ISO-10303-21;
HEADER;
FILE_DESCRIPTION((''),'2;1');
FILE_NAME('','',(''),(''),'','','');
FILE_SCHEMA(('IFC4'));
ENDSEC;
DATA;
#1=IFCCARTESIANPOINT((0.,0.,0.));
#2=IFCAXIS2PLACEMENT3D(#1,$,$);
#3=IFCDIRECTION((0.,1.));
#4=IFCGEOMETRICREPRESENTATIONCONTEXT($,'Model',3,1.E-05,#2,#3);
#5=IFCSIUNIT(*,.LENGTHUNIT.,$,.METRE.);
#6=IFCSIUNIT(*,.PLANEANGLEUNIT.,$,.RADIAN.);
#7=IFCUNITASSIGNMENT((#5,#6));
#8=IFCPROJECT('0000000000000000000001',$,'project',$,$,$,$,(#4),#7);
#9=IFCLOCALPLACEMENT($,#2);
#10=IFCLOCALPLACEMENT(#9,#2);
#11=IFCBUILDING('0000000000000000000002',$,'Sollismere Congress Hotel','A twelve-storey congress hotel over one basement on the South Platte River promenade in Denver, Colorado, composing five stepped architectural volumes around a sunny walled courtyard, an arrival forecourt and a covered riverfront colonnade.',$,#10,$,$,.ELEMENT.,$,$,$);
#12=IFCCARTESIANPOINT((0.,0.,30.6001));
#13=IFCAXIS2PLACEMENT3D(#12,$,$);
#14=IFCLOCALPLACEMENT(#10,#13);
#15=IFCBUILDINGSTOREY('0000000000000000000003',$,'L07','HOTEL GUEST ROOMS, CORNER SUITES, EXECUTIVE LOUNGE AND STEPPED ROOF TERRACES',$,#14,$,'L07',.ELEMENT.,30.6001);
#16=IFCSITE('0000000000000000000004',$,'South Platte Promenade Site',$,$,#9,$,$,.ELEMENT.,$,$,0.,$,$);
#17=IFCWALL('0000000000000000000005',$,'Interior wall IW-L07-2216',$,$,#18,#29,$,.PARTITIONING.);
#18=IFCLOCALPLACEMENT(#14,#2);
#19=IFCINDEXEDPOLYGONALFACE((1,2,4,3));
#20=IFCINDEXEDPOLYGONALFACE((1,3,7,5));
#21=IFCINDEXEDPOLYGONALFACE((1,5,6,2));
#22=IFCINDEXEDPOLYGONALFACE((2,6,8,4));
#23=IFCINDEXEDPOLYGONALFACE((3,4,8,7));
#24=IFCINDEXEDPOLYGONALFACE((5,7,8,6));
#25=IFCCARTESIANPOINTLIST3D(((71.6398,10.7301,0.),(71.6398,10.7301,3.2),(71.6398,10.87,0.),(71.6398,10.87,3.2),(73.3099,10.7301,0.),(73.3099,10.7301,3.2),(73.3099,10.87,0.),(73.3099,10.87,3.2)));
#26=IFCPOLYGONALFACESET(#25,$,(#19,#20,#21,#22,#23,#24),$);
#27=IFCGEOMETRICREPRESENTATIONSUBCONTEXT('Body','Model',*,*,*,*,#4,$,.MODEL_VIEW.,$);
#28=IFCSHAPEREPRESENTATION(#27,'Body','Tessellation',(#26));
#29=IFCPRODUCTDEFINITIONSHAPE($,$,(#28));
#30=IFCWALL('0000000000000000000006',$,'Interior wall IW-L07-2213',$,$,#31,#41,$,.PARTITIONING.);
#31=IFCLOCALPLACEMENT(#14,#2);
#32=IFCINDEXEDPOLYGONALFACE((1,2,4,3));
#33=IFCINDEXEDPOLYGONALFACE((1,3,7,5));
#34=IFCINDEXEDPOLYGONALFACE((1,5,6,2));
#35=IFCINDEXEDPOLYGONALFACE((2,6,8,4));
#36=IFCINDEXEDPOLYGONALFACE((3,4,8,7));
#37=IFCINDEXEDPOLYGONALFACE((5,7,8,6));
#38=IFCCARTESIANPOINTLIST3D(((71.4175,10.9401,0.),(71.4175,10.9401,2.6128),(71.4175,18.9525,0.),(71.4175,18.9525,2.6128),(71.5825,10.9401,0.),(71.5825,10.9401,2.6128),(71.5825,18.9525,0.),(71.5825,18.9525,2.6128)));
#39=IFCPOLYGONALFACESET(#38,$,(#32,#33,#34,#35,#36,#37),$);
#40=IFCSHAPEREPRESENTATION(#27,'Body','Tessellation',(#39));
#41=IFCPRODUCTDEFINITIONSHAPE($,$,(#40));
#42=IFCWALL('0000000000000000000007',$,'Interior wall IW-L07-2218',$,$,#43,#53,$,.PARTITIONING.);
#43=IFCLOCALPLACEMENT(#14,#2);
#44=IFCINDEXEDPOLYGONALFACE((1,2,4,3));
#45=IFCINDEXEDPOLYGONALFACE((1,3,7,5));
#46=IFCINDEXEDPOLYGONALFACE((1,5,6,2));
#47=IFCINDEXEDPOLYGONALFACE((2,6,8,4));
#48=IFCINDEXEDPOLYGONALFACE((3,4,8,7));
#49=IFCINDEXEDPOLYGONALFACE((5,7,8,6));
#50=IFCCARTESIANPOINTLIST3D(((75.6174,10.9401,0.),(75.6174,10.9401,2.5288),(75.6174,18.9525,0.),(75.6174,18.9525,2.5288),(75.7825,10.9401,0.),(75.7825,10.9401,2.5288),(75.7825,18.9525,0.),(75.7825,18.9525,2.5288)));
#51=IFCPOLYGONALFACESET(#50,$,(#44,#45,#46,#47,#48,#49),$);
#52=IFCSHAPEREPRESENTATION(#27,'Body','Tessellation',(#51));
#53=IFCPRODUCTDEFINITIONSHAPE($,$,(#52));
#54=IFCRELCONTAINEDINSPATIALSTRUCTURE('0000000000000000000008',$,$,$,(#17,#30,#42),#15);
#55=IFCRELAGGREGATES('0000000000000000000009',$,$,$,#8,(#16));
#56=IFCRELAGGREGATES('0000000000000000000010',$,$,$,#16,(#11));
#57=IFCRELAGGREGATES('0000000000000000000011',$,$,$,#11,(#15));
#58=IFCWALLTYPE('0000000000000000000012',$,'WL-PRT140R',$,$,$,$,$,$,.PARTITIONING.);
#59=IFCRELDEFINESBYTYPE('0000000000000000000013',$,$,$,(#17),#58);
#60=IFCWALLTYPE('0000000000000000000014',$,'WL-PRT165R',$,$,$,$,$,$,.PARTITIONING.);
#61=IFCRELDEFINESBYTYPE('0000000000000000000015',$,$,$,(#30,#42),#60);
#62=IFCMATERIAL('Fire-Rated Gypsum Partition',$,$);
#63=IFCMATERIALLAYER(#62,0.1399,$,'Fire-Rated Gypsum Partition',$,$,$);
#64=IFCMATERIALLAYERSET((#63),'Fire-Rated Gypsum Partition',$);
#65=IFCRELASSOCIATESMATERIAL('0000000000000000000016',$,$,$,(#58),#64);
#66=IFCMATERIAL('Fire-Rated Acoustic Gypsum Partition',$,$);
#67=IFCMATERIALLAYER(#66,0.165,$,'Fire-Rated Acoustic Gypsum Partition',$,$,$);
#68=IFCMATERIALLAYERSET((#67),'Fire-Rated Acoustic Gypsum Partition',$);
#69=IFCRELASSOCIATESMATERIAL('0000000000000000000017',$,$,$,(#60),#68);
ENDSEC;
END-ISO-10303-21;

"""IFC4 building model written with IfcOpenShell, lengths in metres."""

from ifc_helpers import new_model, si_unit, direction, frame, frame_2d, origin, place, context, subcontext, project, spatial, rectangle, extrude, material, layer, layer_set, type_object, element, save


model = new_model("IFC4")

# Units and contexts
model_context = context("Model", 3, precision=1e-05, world=origin(), true_north=direction((0.0, 1.0)))
body_context = subcontext(model_context, "Body", "Model", "MODEL_VIEW")
ifc_project = project(units=[si_unit("LENGTHUNIT", "METRE"), si_unit("PLANEANGLEUNIT", "RADIAN")], contexts=[model_context])

# Site, building, storey
site_placement = place(None, origin())
site = spatial("IfcSite", under=ifc_project, at=site_placement, Name="South Platte Promenade Site", CompositionType="ELEMENT", RefElevation=0.0)
building_placement = place(site_placement, origin())
building = spatial("IfcBuilding", under=site, at=building_placement, Name="Sollismere Congress Hotel", Description="A twelve-storey congress hotel over one basement on the South Platte River promenade in Denver, Colorado, composing five stepped architectural volumes around a sunny walled courtyard, an arrival forecourt and a covered riverfront colonnade.", CompositionType="ELEMENT")
storey_placement = place(building_placement, frame((0.0, 0.0, 30.6001)))
storey = spatial("IfcBuildingStorey", under=building, at=storey_placement, Name="L07", Description="HOTEL GUEST ROOMS, CORNER SUITES, EXECUTIVE LOUNGE AND STEPPED ROOF TERRACES", LongName="L07", CompositionType="ELEMENT", Elevation=30.6001)

# Shared definitions
ifc_material_1 = material(Name="Fire-Rated Gypsum Partition")
ifc_layer_1 = layer(ifc_material_1, 0.1399, Name="Fire-Rated Gypsum Partition")
ifc_layer_set_1 = layer_set([ifc_layer_1], Name="Fire-Rated Gypsum Partition")
wall_type_1 = type_object("IfcWallType", Name="WL-PRT140R", PredefinedType="PARTITIONING", material=ifc_layer_set_1)

# Wall
wall_1_placement = place(storey_placement, frame((71.6399, 10.8, 0.0), z_axis=(0.0, 0.0, 1.0), x_axis=(1.0, 0.0, 0.0)))
element("IfcWall", 1, at=wall_1_placement, inside=storey, type_object=wall_type_1, Name="Interior wall IW-L07-2216", PredefinedType="PARTITIONING", context=body_context, shape_type="SweptSolid", body=[
    extrude(rectangle(XDim=1.6702, YDim=0.1399, at=frame_2d((0.835, 0.0))), origin(), (0.0, 0.0, 1.0), 3.2),
])

# Walls
ifc_material_2 = material(Name="Fire-Rated Acoustic Gypsum Partition")
ifc_layer_2 = layer(ifc_material_2, 0.165, Name="Fire-Rated Acoustic Gypsum Partition")
ifc_layer_set_2 = layer_set([ifc_layer_2], Name="Fire-Rated Acoustic Gypsum Partition")
wall_type_2 = type_object("IfcWallType", Name="WL-PRT165R", PredefinedType="PARTITIONING", material=ifc_layer_set_2)
wall_2_placement = place(storey_placement, frame((71.5, 10.9399, 0.0), z_axis=(0.0, 0.0, 1.0), x_axis=(0.0, 1.0, 0.0)))
element("IfcWall", 2, at=wall_2_placement, inside=storey, type_object=wall_type_2, Name="Interior wall IW-L07-2213", PredefinedType="PARTITIONING", context=body_context, shape_type="SweptSolid", body=[
    extrude(rectangle(XDim=8.0125, YDim=0.165, at=frame_2d((4.0063, 0.0))), origin(), (0.0, 0.0, 1.0), 2.6128),
])
wall_3_placement = place(storey_placement, frame((75.7, 10.9399, 0.0), z_axis=(0.0, 0.0, 1.0), x_axis=(0.0, 1.0, 0.0)))
element("IfcWall", 3, at=wall_3_placement, inside=storey, type_object=wall_type_2, Name="Interior wall IW-L07-2218", PredefinedType="PARTITIONING", context=body_context, shape_type="SweptSolid", body=[
    extrude(rectangle(XDim=8.0125, YDim=0.165, at=frame_2d((4.0063, 0.0))), origin(), (0.0, 0.0, 1.0), 2.5288),
])

save(model, "model.ifc")
